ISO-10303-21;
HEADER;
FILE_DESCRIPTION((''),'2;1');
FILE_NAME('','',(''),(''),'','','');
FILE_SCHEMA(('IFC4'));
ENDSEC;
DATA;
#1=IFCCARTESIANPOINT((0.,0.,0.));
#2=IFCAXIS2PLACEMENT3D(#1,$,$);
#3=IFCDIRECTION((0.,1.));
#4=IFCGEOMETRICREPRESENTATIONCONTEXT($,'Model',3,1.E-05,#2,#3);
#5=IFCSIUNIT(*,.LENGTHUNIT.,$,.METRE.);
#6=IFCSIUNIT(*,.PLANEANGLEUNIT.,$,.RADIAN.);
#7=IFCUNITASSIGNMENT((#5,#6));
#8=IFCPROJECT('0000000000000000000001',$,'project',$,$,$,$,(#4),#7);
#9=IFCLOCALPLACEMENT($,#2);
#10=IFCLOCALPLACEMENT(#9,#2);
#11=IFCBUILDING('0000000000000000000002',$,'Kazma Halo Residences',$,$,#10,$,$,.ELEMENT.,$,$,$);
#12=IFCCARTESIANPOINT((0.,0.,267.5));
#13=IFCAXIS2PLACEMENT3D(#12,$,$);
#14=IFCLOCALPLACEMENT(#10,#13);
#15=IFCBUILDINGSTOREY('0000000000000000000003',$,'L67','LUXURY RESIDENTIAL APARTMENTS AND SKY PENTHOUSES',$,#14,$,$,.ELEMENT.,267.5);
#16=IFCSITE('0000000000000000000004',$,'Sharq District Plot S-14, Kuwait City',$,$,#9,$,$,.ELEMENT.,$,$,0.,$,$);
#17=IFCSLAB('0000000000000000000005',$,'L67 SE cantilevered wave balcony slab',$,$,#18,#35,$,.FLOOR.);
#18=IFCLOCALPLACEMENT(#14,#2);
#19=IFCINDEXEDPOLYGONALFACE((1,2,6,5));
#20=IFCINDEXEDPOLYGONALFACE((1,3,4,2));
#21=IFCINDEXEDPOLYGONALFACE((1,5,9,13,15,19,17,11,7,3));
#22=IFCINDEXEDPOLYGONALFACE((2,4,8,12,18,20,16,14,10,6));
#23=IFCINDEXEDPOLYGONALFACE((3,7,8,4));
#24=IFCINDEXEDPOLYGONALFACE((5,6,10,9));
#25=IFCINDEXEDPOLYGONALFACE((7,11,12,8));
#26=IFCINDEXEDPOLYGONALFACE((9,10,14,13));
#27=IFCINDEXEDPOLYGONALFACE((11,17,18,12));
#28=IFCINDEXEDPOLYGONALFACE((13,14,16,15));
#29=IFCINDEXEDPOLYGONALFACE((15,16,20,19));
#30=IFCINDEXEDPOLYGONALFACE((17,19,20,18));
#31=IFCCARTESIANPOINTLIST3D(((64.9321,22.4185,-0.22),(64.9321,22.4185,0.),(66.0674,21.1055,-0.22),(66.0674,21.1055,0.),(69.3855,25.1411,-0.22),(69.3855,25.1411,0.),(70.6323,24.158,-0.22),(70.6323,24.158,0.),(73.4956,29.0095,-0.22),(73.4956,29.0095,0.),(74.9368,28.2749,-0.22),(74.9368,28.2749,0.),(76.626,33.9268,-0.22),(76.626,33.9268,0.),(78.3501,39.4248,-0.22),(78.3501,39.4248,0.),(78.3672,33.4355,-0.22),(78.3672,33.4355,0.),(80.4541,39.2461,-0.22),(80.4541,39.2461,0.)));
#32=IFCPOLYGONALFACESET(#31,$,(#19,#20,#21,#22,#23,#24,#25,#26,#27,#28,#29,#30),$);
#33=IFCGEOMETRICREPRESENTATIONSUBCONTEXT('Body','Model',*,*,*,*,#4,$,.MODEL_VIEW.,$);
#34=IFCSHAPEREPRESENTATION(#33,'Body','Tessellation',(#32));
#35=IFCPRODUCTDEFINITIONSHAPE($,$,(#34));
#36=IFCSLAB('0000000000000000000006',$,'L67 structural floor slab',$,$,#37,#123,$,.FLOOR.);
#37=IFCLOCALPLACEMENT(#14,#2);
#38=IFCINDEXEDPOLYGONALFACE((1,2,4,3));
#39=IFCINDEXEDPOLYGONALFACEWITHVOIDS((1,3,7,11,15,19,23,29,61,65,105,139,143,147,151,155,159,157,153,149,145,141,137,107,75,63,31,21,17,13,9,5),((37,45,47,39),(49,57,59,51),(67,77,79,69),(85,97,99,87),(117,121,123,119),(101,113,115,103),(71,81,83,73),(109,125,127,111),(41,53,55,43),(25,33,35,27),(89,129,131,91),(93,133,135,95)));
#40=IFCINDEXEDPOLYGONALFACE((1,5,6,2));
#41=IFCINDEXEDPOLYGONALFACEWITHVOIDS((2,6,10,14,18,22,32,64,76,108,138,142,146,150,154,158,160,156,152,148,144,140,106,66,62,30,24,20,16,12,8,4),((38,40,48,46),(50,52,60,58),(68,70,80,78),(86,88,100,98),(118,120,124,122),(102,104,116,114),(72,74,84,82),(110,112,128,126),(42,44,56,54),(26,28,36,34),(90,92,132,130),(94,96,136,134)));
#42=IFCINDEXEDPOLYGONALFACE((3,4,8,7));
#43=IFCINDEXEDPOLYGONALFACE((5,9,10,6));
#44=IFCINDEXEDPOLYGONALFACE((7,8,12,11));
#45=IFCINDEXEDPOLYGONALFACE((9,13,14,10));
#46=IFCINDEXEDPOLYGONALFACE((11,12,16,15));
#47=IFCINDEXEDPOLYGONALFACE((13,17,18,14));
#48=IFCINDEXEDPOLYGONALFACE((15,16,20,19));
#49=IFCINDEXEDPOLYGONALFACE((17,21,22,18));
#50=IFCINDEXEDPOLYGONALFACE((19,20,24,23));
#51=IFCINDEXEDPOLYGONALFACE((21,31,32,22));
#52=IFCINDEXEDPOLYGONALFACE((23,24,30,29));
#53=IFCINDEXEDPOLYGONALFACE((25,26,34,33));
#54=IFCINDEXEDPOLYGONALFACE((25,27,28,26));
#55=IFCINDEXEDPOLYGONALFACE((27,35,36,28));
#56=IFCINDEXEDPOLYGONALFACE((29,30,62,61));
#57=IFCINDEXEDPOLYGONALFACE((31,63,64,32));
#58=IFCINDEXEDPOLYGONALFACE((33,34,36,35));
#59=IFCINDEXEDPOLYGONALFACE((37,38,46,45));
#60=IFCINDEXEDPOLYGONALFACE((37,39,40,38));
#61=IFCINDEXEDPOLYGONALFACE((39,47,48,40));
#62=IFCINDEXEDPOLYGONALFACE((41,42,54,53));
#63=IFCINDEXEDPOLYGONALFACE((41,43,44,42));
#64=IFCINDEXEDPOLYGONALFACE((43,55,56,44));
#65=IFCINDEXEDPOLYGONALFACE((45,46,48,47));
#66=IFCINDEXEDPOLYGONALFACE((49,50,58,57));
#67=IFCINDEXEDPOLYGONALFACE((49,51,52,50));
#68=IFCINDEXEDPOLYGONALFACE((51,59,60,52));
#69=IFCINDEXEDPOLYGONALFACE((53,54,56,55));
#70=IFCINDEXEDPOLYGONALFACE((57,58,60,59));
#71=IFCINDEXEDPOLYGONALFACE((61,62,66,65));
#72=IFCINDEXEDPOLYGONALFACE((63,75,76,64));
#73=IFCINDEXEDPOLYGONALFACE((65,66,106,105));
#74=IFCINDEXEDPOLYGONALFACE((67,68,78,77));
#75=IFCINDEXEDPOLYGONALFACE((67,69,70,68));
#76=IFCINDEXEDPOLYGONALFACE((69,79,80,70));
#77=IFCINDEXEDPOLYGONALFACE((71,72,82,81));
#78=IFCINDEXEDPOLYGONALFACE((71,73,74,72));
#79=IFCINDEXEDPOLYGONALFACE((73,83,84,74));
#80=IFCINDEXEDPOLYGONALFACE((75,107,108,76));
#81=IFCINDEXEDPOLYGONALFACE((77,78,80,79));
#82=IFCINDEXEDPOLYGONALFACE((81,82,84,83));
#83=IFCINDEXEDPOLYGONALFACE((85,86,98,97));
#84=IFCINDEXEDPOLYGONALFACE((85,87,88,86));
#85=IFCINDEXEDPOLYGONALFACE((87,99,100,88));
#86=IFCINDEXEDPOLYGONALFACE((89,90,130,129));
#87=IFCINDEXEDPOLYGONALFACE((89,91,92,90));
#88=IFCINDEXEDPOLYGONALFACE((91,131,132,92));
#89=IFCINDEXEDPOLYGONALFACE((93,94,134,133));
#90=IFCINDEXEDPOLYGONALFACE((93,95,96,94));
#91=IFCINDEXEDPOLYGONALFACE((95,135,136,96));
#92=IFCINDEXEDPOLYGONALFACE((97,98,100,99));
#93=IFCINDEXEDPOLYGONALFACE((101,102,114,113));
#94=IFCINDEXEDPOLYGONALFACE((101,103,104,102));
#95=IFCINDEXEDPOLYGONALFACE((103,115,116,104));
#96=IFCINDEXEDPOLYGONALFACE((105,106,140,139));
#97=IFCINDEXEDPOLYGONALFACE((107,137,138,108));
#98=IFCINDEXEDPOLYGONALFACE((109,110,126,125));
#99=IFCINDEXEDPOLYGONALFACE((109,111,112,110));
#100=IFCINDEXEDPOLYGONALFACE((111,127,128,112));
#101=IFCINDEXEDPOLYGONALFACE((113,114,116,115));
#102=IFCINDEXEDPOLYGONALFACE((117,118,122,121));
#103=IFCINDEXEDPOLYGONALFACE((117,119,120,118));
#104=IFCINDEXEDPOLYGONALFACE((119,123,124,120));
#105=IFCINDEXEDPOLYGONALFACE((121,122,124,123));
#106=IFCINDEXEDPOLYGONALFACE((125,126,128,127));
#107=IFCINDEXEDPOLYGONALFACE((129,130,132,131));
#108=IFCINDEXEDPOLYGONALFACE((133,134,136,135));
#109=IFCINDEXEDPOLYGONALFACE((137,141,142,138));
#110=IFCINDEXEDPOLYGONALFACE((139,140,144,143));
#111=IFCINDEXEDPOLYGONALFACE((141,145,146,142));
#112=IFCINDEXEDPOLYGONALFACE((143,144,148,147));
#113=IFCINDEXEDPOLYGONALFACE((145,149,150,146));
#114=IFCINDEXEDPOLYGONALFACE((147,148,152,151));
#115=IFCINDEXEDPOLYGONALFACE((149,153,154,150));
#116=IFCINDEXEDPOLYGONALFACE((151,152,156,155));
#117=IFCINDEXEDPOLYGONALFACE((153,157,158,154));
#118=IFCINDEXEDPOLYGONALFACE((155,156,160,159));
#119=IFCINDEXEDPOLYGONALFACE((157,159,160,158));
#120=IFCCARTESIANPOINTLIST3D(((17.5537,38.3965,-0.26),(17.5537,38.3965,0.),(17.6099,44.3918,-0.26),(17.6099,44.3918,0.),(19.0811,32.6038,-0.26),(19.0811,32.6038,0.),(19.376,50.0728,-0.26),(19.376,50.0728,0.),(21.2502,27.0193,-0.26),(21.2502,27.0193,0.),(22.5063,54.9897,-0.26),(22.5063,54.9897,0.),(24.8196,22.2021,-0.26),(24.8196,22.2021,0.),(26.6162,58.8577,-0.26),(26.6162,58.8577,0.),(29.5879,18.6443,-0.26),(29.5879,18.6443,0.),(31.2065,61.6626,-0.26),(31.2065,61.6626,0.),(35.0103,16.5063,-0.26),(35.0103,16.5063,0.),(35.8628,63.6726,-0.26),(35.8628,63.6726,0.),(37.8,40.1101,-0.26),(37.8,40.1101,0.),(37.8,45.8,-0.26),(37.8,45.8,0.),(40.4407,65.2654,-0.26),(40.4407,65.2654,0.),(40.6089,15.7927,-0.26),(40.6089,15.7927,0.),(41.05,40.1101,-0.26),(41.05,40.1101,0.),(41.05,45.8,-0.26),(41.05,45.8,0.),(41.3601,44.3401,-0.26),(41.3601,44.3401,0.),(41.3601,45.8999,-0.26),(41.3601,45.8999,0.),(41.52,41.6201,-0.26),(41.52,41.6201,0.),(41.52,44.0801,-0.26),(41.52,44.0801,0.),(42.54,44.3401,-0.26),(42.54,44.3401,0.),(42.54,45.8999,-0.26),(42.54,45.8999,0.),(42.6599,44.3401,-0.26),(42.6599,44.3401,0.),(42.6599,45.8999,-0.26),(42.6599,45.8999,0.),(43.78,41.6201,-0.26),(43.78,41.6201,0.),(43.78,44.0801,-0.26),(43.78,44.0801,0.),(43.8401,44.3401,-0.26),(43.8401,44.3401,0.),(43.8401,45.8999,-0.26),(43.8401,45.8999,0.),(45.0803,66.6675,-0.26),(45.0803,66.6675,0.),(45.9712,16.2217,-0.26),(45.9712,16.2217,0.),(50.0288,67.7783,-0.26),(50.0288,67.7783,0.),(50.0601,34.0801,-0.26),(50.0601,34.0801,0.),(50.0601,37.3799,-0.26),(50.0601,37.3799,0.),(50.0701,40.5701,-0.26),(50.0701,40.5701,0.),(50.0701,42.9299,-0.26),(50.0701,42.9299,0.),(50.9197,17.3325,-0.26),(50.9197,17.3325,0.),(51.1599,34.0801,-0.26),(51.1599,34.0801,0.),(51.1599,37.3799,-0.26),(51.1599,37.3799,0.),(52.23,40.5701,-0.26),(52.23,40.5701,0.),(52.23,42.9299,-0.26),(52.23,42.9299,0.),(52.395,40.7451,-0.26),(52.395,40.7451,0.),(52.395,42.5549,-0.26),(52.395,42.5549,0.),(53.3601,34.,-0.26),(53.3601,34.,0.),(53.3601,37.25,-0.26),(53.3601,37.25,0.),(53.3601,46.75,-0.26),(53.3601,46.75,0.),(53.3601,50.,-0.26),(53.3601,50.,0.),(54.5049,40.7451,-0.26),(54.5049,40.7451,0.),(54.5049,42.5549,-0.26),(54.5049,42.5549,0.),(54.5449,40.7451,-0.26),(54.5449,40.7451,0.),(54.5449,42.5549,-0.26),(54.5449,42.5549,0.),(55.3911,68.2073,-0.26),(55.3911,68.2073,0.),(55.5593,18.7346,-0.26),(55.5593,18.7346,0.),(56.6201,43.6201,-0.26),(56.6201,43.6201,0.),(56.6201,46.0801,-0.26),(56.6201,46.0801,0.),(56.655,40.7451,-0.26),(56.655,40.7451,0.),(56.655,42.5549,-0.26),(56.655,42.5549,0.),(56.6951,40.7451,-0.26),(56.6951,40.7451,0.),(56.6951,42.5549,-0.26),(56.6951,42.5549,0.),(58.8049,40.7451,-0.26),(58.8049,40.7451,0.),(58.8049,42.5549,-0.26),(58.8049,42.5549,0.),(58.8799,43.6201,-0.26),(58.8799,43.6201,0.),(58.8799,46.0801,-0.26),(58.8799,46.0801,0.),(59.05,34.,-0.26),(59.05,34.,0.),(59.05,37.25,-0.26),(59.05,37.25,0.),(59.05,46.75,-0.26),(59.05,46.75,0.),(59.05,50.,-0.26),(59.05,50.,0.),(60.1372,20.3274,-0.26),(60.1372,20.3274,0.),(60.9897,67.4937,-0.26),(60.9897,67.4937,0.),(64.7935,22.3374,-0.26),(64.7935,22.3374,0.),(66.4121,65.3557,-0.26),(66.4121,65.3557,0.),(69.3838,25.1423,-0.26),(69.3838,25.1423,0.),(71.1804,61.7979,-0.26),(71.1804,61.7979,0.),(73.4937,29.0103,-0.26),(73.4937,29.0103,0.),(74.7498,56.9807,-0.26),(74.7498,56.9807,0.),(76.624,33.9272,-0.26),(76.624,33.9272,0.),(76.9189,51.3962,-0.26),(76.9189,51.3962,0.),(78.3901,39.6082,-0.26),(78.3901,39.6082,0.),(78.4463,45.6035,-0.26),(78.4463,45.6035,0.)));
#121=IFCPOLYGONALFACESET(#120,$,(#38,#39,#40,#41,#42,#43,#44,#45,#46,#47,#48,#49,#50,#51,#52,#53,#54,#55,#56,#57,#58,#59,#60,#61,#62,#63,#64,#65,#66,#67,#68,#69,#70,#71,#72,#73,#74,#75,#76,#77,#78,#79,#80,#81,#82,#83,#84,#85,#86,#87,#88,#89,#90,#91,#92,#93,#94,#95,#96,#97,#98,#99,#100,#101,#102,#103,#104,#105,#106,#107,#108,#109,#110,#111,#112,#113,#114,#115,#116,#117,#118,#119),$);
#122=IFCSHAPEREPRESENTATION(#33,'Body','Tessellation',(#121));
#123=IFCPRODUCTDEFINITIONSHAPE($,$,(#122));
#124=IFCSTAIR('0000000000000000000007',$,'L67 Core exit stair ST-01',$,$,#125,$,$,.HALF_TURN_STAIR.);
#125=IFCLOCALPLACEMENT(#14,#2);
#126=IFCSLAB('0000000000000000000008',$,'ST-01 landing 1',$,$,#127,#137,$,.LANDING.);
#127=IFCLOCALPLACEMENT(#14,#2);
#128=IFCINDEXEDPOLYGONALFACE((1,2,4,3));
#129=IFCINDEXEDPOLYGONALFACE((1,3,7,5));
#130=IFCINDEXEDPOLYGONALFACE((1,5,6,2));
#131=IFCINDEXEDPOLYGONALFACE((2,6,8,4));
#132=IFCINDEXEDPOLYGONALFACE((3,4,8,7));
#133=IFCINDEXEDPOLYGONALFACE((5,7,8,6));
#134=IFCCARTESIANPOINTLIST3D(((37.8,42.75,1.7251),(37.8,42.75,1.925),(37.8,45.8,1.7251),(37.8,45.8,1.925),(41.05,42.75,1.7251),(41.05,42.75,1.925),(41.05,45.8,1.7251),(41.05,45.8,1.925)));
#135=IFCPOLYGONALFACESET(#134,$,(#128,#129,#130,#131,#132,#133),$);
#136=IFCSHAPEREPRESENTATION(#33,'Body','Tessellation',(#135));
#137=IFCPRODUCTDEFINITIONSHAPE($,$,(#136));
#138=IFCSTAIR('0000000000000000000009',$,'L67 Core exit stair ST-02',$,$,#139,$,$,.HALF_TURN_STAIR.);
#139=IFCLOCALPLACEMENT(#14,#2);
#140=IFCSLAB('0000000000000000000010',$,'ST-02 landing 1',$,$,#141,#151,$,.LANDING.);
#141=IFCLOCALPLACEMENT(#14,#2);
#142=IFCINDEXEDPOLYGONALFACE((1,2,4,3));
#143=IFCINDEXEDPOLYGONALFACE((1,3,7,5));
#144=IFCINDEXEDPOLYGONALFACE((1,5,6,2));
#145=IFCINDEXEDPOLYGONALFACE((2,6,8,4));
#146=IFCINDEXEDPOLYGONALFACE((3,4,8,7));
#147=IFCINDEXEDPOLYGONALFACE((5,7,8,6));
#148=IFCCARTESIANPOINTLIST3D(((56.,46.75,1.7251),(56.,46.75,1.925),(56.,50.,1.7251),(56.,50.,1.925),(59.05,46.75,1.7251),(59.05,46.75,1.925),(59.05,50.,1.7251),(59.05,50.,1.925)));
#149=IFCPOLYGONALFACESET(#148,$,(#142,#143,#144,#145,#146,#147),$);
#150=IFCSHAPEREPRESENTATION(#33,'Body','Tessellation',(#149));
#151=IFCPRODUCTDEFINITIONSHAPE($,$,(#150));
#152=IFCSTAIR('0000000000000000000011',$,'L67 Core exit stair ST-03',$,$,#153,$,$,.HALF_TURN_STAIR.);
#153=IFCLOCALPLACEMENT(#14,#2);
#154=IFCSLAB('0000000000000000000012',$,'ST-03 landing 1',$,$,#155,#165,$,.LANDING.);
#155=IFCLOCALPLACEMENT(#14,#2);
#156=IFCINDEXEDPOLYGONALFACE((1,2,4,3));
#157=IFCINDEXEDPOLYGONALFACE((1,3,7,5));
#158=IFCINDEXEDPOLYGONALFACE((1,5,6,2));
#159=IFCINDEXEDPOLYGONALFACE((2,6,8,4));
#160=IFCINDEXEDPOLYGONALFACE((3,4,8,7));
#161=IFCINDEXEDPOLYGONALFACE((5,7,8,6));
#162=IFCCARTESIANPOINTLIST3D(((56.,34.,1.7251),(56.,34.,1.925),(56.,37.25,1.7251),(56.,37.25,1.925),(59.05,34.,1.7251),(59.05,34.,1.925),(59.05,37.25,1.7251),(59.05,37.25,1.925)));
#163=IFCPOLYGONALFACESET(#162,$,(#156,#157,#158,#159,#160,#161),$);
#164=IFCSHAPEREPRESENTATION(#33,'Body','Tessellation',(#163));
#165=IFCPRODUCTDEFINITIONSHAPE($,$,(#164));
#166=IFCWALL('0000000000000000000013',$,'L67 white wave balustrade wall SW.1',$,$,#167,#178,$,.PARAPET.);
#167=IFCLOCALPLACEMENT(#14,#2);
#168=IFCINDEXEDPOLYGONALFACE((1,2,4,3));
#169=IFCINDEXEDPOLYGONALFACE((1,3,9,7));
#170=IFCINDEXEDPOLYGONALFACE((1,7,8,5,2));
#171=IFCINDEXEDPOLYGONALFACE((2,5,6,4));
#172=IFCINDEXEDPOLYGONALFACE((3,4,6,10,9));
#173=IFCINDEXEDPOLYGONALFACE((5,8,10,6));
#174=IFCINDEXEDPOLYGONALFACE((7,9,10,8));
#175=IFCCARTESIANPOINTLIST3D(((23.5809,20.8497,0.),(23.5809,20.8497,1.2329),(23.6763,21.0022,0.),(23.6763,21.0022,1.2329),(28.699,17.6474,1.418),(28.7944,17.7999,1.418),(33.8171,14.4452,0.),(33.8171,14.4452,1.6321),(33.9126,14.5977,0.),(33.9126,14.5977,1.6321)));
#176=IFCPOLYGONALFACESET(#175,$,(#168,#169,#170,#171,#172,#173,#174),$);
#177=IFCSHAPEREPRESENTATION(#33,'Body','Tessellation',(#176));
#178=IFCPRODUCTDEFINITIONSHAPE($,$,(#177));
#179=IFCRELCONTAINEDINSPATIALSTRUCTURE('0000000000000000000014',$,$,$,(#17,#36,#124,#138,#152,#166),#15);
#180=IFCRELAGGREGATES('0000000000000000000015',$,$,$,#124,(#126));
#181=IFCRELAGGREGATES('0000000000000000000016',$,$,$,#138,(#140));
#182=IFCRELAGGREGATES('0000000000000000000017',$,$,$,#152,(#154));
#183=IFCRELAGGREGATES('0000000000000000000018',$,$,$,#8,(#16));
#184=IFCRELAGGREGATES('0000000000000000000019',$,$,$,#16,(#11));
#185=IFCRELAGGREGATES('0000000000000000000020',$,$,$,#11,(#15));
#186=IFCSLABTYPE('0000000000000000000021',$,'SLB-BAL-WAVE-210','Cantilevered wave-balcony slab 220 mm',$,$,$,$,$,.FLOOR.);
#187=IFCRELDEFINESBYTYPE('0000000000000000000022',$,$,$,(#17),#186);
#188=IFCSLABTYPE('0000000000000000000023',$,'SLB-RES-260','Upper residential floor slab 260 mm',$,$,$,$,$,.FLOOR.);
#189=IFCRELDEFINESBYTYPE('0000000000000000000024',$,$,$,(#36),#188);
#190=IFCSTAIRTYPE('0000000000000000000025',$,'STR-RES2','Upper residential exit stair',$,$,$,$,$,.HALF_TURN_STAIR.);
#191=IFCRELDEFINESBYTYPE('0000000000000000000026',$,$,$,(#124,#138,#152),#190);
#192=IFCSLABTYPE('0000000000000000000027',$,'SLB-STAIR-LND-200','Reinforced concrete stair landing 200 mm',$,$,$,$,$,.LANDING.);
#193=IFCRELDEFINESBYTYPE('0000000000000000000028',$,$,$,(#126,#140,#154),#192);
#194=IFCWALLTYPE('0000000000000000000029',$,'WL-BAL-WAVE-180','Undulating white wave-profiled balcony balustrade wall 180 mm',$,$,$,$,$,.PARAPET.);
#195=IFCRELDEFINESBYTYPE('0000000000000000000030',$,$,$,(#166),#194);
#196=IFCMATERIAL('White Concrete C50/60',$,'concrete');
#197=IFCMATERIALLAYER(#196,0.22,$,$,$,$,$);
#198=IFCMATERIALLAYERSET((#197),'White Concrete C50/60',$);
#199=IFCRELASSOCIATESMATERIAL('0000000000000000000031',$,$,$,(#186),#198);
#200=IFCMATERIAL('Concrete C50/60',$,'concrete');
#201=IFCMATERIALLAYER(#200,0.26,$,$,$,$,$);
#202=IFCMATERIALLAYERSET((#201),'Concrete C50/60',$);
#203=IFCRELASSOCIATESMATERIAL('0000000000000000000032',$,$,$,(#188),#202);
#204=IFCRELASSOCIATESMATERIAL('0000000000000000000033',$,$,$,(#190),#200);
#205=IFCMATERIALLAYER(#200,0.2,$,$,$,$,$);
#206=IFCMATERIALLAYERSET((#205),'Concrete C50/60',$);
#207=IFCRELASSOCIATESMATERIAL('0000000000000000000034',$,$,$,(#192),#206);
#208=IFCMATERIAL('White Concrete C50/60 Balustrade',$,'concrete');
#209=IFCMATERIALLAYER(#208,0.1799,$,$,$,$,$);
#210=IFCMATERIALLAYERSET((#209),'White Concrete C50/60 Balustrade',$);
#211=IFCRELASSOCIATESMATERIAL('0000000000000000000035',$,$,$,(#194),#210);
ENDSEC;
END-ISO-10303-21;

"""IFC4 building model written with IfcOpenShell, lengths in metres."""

from ifc_helpers import new_model, si_unit, direction, frame, origin, place, context, subcontext, project, spatial, polyline, outline, extrude, material, layer, layer_set, type_object, element, aggregate, save


model = new_model("IFC4")

# Units and contexts
model_context = context("Model", 3, precision=1e-05, world=origin(), true_north=direction((0.0, 1.0)))
body_context = subcontext(model_context, "Body", "Model", "MODEL_VIEW")
ifc_project = project(units=[si_unit("LENGTHUNIT", "METRE"), si_unit("PLANEANGLEUNIT", "RADIAN")], contexts=[model_context])

# Site, building, storey
site_placement = place(None, origin())
site = spatial("IfcSite", under=ifc_project, at=site_placement, Name="Sharq District Plot S-14, Kuwait City", CompositionType="ELEMENT", RefElevation=0.0)
building_placement = place(site_placement, origin())
building = spatial("IfcBuilding", under=site, at=building_placement, Name="Kazma Halo Residences", CompositionType="ELEMENT")
storey_placement = place(building_placement, frame((0.0, 0.0, 267.5)))
storey = spatial("IfcBuildingStorey", under=building, at=storey_placement, Name="L67", Description="LUXURY RESIDENTIAL APARTMENTS AND SKY PENTHOUSES", CompositionType="ELEMENT", Elevation=267.5)

# Slabs
ifc_material_1 = material(Name="White Concrete C50/60", Category="concrete")
ifc_layer_1 = layer(ifc_material_1, 0.22)
ifc_layer_set_1 = layer_set([ifc_layer_1], Name="White Concrete C50/60")
slab_type_1 = type_object("IfcSlabType", Name="SLB-BAL-WAVE-210", Description="Cantilevered wave-balcony slab 220 mm", PredefinedType="FLOOR", material=ifc_layer_set_1)
slab_1_placement = place(storey_placement, frame((0.0, 0.0, -0.22)))
element("IfcSlab", 1, at=slab_1_placement, inside=storey, type_object=slab_type_1, Name="L67 SE cantilevered wave balcony slab", PredefinedType="FLOOR", context=body_context, shape_type="SweptSolid", body=[
    extrude(outline(polyline([(64.9321, 22.4185), (69.3855, 25.1411), (73.4956, 29.0095), (76.626, 33.9268), (78.3501, 39.4248), (80.4541, 39.2461), (78.3672, 33.4355), (74.9368, 28.2749), (70.6323, 24.158), (66.0674, 21.1055), (64.9321, 22.4185)])), origin(), (0.0, 0.0, 1.0), 0.22),
])
ifc_material_2 = material(Name="Concrete C50/60", Category="concrete")
ifc_layer_2 = layer(ifc_material_2, 0.26)
ifc_layer_set_2 = layer_set([ifc_layer_2], Name="Concrete C50/60")
slab_type_2 = type_object("IfcSlabType", Name="SLB-RES-260", Description="Upper residential floor slab 260 mm", PredefinedType="FLOOR", material=ifc_layer_set_2)
slab_2_placement = place(storey_placement, frame((0.0, 0.0, -0.26)))
element("IfcSlab", 2, at=slab_2_placement, inside=storey, type_object=slab_type_2, Name="L67 structural floor slab", PredefinedType="FLOOR", context=body_context, shape_type="SweptSolid", body=[
    extrude(outline(polyline([(76.9189, 51.3962), (74.7498, 56.9807), (71.1804, 61.7979), (66.4121, 65.3557), (60.9897, 67.4937), (55.3911, 68.2073), (50.0288, 67.7783), (45.0803, 66.6675), (40.4407, 65.2654), (35.8628, 63.6726), (31.2065, 61.6626), (26.6162, 58.8577), (22.5063, 54.9897), (19.376, 50.0728), (17.6099, 44.3918), (17.5537, 38.3965), (19.0811, 32.6038), (21.2502, 27.0193), (24.8196, 22.2021), (29.5879, 18.6443), (35.0103, 16.5063), (40.6089, 15.7927), (45.9712, 16.2217), (50.9197, 17.3325), (55.5593, 18.7346), (60.1372, 20.3274), (64.7935, 22.3374), (69.3838, 25.1423), (73.4937, 29.0103), (76.624, 33.9272), (78.3901, 39.6082), (78.4463, 45.6035), (76.9189, 51.3962)]), holes=[polyline([(37.8, 40.1101), (41.05, 40.1101), (41.05, 45.8), (37.8, 45.8), (37.8, 40.1101)]), polyline([(53.3601, 46.75), (59.05, 46.75), (59.05, 50.0), (53.3601, 50.0), (53.3601, 46.75)]), polyline([(53.3601, 34.0), (59.05, 34.0), (59.05, 37.25), (53.3601, 37.25), (53.3601, 34.0)]), polyline([(41.52, 41.6201), (43.78, 41.6201), (43.78, 44.0801), (41.52, 44.0801), (41.52, 41.6201)]), polyline([(56.6201, 43.6201), (58.8799, 43.6201), (58.8799, 46.0801), (56.6201, 46.0801), (56.6201, 43.6201)]), polyline([(52.395, 40.7451), (54.5049, 40.7451), (54.5049, 42.5549), (52.395, 42.5549), (52.395, 40.7451)]), polyline([(54.5449, 40.7451), (56.655, 40.7451), (56.655, 42.5549), (54.5449, 42.5549), (54.5449, 40.7451)]), polyline([(56.6951, 40.7451), (58.8049, 40.7451), (58.8049, 42.5549), (56.6951, 42.5549), (56.6951, 40.7451)]), polyline([(50.0701, 40.5701), (52.23, 40.5701), (52.23, 42.9299), (50.0701, 42.9299), (50.0701, 40.5701)]), polyline([(41.3601, 44.3401), (42.54, 44.3401), (42.54, 45.8999), (41.3601, 45.8999), (41.3601, 44.3401)]), polyline([(42.6599, 44.3401), (43.8401, 44.3401), (43.8401, 45.8999), (42.6599, 45.8999), (42.6599, 44.3401)]), polyline([(50.0601, 34.0801), (51.1599, 34.0801), (51.1599, 37.3799), (50.0601, 37.3799), (50.0601, 34.0801)])]), origin(), (0.0, 0.0, 1.0), 0.26),
])

# Stairs, slabs
stair_type = type_object("IfcStairType", Name="STR-RES2", Description="Upper residential exit stair", PredefinedType="HALF_TURN_STAIR", material=ifc_material_2)
stair_1_placement = place(storey_placement, origin())
stair_1 = element("IfcStair", 3, at=stair_1_placement, inside=storey, type_object=stair_type, Name="L67 Core exit stair ST-01", PredefinedType="HALF_TURN_STAIR")
ifc_layer_3 = layer(ifc_material_2, 0.2)
ifc_layer_set_3 = layer_set([ifc_layer_3], Name="Concrete C50/60")
slab_type_3 = type_object("IfcSlabType", Name="SLB-STAIR-LND-200", Description="Reinforced concrete stair landing 200 mm", PredefinedType="LANDING", material=ifc_layer_set_3)
slab_3_placement = place(storey_placement, frame((0.0, 0.0, 1.7251)))
slab_3 = element("IfcSlab", 4, at=slab_3_placement, type_object=slab_type_3, Name="ST-01 landing 1", PredefinedType="LANDING", context=body_context, shape_type="SweptSolid", body=[
    extrude(outline(polyline([(41.05, 42.75), (41.05, 45.8), (37.8, 45.8), (37.8, 42.75), (41.05, 42.75)])), origin(), (0.0, 0.0, 1.0), 0.2),
])
aggregate(stair_1, [slab_3])
stair_2_placement = place(storey_placement, origin())
stair_2 = element("IfcStair", 5, at=stair_2_placement, inside=storey, type_object=stair_type, Name="L67 Core exit stair ST-02", PredefinedType="HALF_TURN_STAIR")
slab_4_placement = place(storey_placement, frame((0.0, 0.0, 1.7251)))
slab_4 = element("IfcSlab", 6, at=slab_4_placement, type_object=slab_type_3, Name="ST-02 landing 1", PredefinedType="LANDING", context=body_context, shape_type="SweptSolid", body=[
    extrude(outline(polyline([(56.0, 46.75), (59.05, 46.75), (59.05, 50.0), (56.0, 50.0), (56.0, 46.75)])), origin(), (0.0, 0.0, 1.0), 0.2),
])
aggregate(stair_2, [slab_4])
stair_3_placement = place(storey_placement, origin())
stair_3 = element("IfcStair", 7, at=stair_3_placement, inside=storey, type_object=stair_type, Name="L67 Core exit stair ST-03", PredefinedType="HALF_TURN_STAIR")
slab_5_placement = place(storey_placement, frame((0.0, 0.0, 1.7251)))
slab_5 = element("IfcSlab", 8, at=slab_5_placement, type_object=slab_type_3, Name="ST-03 landing 1", PredefinedType="LANDING", context=body_context, shape_type="SweptSolid", body=[
    extrude(outline(polyline([(56.0, 34.0), (59.05, 34.0), (59.05, 37.25), (56.0, 37.25), (56.0, 34.0)])), origin(), (0.0, 0.0, 1.0), 0.2),
])
aggregate(stair_3, [slab_5])

# Wall
ifc_material_3 = material(Name="White Concrete C50/60 Balustrade", Category="concrete")
ifc_layer_4 = layer(ifc_material_3, 0.1799)
ifc_layer_set_4 = layer_set([ifc_layer_4], Name="White Concrete C50/60 Balustrade")
wall_type_1 = type_object("IfcWallType", Name="WL-BAL-WAVE-180", Description="Undulating white wave-profiled balcony balustrade wall 180 mm", PredefinedType="PARAPET", material=ifc_layer_set_4)
wall_1_placement = place(storey_placement, frame((23.6287, 20.926, 0.0), z_axis=(0.0, 0.0, 1.0), x_axis=(0.847744, -0.530406, 0.0)))
element("IfcWall", 9, at=wall_1_placement, inside=storey, type_object=wall_type_1, Name="L67 white wave balustrade wall SW.1", PredefinedType="PARAPET", context=body_context, shape_type="SweptSolid", body=[
    extrude(outline(polyline([(0.0, 0.0), (12.0747, 0.0), (12.0747, 1.6321), (6.0374, 1.418), (0.0, 1.2329), (0.0, 0.0)])), frame((0.0, 0.0898, 0.0), z_axis=(0.0, -1.0, 0.0), x_axis=(1.0, 0.0, 0.0)), (0.0, 0.0, 1.0), 0.1799),
])

save(model, "model.ifc")
